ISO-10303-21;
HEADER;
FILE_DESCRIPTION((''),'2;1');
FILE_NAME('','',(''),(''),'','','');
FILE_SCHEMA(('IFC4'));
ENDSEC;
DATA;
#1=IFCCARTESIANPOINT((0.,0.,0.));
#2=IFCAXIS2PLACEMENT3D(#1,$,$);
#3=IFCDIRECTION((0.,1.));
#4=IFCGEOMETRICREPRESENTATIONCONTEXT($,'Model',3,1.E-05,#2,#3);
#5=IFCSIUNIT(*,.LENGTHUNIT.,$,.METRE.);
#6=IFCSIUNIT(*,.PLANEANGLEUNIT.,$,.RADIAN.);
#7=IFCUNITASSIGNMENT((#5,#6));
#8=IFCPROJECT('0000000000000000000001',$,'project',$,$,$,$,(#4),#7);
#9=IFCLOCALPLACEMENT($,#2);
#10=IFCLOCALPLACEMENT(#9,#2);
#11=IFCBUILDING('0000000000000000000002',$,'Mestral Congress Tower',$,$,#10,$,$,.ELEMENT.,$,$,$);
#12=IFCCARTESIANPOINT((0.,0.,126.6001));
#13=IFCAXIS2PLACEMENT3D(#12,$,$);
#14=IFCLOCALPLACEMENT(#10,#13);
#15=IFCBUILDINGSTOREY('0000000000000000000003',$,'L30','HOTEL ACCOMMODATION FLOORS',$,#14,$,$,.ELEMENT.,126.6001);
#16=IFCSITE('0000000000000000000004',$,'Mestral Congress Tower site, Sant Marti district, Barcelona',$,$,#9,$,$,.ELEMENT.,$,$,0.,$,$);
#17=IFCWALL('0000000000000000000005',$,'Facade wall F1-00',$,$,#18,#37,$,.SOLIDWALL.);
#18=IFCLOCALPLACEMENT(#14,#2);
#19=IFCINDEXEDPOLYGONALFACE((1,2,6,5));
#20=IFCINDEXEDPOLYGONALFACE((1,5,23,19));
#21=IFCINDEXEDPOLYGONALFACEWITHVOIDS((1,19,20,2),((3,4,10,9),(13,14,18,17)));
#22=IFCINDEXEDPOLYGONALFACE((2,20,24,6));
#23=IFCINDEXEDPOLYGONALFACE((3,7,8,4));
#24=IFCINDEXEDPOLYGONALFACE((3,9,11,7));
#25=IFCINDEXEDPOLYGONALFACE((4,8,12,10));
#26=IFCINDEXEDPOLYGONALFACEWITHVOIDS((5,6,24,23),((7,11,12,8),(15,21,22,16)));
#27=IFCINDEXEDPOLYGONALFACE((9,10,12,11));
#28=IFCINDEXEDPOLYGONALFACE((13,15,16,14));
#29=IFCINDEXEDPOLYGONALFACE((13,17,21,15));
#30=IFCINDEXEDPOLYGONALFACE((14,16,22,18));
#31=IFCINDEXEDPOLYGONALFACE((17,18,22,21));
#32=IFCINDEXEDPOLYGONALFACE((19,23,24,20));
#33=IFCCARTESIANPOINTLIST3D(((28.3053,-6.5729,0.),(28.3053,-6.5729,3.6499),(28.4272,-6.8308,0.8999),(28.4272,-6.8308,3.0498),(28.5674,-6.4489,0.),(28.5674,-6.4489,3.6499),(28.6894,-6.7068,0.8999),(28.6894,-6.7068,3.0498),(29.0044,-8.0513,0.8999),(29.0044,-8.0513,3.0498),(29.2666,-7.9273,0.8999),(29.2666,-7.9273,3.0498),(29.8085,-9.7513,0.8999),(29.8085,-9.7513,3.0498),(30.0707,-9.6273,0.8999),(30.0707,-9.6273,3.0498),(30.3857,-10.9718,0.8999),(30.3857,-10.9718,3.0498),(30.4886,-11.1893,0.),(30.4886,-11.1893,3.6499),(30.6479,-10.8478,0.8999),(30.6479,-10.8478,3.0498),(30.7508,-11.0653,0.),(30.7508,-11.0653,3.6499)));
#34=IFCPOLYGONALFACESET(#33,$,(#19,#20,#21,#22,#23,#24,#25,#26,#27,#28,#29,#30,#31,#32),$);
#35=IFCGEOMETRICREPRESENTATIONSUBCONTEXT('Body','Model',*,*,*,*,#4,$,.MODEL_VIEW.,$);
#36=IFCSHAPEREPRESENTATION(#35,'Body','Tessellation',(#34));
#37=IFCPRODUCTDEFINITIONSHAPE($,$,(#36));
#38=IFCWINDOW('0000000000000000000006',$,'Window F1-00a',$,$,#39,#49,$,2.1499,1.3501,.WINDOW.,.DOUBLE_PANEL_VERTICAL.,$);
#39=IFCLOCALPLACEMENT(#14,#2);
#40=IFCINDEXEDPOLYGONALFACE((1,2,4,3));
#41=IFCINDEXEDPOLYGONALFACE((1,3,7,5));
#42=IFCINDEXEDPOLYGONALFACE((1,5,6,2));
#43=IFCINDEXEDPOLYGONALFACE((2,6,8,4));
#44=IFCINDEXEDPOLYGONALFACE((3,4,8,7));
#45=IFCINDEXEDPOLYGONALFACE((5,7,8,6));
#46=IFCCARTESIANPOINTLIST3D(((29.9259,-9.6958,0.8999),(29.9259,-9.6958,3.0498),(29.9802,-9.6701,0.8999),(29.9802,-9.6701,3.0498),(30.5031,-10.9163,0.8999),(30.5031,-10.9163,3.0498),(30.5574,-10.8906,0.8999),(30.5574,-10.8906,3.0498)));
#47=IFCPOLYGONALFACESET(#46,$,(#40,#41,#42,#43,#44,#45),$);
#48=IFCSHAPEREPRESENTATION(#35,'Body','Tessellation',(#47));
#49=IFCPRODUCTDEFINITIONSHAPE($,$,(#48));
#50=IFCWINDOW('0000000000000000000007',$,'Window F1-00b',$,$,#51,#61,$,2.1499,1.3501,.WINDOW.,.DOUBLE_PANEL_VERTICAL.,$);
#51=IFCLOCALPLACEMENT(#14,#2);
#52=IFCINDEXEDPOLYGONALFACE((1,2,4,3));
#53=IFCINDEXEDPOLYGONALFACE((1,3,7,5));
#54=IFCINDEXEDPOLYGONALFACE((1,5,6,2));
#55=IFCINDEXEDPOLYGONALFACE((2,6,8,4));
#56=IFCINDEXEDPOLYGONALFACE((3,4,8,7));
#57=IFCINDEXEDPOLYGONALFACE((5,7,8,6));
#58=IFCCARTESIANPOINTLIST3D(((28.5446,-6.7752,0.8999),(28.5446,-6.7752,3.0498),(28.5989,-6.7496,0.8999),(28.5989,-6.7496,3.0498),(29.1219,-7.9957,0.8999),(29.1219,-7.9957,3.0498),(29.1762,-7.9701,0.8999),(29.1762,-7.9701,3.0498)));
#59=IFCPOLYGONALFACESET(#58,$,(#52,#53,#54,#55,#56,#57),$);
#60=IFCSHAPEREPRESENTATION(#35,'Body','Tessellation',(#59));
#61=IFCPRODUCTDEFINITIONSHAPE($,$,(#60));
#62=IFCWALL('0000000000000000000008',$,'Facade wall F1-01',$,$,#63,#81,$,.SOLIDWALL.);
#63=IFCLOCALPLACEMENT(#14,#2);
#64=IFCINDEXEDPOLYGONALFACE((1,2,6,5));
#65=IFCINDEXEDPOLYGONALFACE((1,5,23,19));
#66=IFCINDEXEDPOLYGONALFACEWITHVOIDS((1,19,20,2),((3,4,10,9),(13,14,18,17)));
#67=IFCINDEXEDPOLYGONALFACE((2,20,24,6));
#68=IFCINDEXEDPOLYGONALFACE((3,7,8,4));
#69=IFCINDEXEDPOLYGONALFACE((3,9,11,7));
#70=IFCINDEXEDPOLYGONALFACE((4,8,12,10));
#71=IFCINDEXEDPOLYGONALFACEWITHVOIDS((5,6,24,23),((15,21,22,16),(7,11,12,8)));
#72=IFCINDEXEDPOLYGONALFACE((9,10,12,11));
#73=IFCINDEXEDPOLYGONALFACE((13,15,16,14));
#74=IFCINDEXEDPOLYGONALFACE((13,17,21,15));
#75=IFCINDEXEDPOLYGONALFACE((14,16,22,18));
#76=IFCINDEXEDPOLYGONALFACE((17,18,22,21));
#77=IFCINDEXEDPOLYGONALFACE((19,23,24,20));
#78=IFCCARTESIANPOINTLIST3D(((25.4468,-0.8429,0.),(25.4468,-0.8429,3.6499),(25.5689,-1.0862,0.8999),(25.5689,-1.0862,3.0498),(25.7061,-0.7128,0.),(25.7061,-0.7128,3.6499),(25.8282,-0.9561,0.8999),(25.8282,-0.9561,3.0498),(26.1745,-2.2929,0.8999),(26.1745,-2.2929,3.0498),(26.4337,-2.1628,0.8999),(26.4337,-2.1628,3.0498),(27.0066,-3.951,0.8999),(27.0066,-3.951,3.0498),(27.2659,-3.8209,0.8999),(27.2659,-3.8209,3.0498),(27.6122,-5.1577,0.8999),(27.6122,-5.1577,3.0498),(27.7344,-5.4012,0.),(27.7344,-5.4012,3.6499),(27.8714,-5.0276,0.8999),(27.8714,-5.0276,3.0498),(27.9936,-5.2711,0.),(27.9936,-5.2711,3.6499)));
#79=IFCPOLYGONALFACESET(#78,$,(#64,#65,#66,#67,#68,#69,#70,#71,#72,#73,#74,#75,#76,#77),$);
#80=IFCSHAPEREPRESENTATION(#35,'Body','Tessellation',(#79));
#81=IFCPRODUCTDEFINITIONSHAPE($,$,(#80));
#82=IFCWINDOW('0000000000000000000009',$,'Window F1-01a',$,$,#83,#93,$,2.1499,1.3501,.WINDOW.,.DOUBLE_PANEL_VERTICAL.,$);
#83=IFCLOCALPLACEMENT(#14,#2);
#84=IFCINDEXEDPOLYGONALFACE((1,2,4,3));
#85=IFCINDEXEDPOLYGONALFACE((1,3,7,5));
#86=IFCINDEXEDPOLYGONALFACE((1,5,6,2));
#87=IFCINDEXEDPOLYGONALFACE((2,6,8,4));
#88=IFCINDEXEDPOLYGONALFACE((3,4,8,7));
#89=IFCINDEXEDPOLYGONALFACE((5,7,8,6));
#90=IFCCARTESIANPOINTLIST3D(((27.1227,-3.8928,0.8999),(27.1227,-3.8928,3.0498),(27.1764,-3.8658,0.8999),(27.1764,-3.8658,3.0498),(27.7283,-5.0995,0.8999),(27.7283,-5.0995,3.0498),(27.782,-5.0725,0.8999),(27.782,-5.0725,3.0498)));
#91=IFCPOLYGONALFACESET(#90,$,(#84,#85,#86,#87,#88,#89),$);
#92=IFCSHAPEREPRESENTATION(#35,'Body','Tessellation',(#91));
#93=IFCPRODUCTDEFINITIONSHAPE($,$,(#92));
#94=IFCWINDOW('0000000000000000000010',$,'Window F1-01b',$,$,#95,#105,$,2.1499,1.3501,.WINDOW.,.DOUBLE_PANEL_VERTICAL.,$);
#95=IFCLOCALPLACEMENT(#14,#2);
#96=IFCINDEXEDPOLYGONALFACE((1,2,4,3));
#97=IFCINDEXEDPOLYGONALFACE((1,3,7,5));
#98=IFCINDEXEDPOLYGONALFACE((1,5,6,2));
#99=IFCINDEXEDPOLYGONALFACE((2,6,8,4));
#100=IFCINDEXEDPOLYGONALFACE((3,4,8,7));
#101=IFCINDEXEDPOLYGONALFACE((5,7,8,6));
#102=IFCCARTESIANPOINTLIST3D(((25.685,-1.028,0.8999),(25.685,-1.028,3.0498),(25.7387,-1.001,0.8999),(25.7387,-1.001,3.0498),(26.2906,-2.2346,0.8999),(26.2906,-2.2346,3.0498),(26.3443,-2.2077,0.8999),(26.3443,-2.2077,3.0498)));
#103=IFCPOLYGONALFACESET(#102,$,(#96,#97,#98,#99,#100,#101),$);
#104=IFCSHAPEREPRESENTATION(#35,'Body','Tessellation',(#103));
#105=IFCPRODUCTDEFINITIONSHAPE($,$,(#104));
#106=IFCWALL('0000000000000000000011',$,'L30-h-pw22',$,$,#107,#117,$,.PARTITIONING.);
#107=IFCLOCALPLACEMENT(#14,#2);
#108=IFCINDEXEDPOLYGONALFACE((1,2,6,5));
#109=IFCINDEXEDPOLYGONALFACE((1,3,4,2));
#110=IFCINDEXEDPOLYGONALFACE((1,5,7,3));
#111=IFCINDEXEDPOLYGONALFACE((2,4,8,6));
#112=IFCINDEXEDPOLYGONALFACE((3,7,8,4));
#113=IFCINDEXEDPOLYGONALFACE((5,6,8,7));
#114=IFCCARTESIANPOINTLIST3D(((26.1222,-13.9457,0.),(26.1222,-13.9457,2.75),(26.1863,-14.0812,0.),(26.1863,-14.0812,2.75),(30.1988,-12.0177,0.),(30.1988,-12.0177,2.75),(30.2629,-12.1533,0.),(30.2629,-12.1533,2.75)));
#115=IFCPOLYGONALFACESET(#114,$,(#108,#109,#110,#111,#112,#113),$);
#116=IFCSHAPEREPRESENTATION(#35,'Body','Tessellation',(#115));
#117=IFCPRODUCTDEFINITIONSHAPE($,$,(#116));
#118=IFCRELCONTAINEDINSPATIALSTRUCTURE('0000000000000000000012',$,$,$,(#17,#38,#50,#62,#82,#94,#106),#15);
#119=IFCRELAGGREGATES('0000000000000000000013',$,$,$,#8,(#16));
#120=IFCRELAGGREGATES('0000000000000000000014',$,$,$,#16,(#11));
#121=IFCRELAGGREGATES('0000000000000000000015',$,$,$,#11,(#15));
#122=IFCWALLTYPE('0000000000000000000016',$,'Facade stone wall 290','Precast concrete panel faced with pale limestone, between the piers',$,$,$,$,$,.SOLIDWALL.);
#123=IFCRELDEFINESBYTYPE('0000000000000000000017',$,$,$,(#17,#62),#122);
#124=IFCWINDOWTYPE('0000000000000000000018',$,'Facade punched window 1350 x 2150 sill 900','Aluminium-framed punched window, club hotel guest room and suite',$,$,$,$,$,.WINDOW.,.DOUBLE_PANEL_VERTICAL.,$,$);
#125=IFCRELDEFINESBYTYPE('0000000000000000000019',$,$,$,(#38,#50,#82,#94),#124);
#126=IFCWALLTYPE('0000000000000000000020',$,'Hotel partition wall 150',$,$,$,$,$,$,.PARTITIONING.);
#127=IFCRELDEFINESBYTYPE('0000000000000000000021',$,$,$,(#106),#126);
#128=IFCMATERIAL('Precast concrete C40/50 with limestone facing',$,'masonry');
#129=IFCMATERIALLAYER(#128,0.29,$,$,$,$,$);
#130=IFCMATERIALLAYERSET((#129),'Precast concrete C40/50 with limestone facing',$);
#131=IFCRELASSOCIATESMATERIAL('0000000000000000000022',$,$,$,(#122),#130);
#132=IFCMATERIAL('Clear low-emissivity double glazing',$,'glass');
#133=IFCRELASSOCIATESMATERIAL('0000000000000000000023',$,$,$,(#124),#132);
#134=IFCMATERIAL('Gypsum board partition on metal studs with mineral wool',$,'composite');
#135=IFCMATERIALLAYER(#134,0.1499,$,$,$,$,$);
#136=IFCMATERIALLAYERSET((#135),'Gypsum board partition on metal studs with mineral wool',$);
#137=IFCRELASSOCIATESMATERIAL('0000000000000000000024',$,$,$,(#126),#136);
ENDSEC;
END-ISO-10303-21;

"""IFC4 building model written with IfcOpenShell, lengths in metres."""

from ifc_helpers import new_model, si_unit, direction, frame, frame_2d, origin, place, context, subcontext, project, spatial, rectangle, extrude, material, layer, layer_set, type_object, element, fill, save


model = new_model("IFC4")

# Units and contexts
model_context = context("Model", 3, precision=1e-05, world=origin(), true_north=direction((0.0, 1.0)))
body_context = subcontext(model_context, "Body", "Model", "MODEL_VIEW")
ifc_project = project(units=[si_unit("LENGTHUNIT", "METRE"), si_unit("PLANEANGLEUNIT", "RADIAN")], contexts=[model_context])

# Site, building, storey
site_placement = place(None, origin())
site = spatial("IfcSite", under=ifc_project, at=site_placement, Name="Mestral Congress Tower site, Sant Marti district, Barcelona", CompositionType="ELEMENT", RefElevation=0.0)
building_placement = place(site_placement, origin())
building = spatial("IfcBuilding", under=site, at=building_placement, Name="Mestral Congress Tower", CompositionType="ELEMENT")
storey_placement = place(building_placement, frame((0.0, 0.0, 126.6001)))
storey = spatial("IfcBuildingStorey", under=building, at=storey_placement, Name="L30", Description="HOTEL ACCOMMODATION FLOORS", CompositionType="ELEMENT", Elevation=126.6001)

# Shared definitions
ifc_material_1 = material(Name="Precast concrete C40/50 with limestone facing", Category="masonry")
ifc_layer_1 = layer(ifc_material_1, 0.29)
ifc_layer_set_1 = layer_set([ifc_layer_1], Name="Precast concrete C40/50 with limestone facing")
wall_type_1 = type_object("IfcWallType", Name="Facade stone wall 290", Description="Precast concrete panel faced with pale limestone, between the piers", PredefinedType="SOLIDWALL", material=ifc_layer_set_1)
ifc_material_2 = material(Name="Clear low-emissivity double glazing", Category="glass")

# Walls, openings, windows
wall_1_placement = place(storey_placement, frame((30.6196, -11.1272, 0.0), z_axis=(0.0, 0.0, 1.0), x_axis=(-0.427544, 0.903995, 0.0)))
wall_1 = element("IfcWall", 1, at=wall_1_placement, inside=storey, type_object=wall_type_1, Name="Facade wall F1-00", PredefinedType="SOLIDWALL", context=body_context, shape_type="SweptSolid", body=[
    extrude(rectangle(XDim=5.1067, YDim=0.29, at=frame_2d((2.5532, 0.0))), origin(), (0.0, 0.0, 1.0), 3.6499),
])
opening_1_placement = place(wall_1_placement, frame((0.2405, 0.0, 0.8999)))
opening_1 = element("IfcOpeningElement", 2, at=opening_1_placement, cuts=wall_1, PredefinedType="OPENING", context=body_context, shape_type="SweptSolid", body=[
    extrude(rectangle(XDim=1.3501, YDim=2.1499, at=frame_2d((0.675, 1.075))), frame((0.0, 0.155, 0.0), z_axis=(0.0, -1.0, 0.0), x_axis=(1.0, 0.0, 0.0)), (0.0, 0.0, 1.0), 0.3101),
])
opening_2_placement = place(wall_1_placement, frame((3.4712, 0.0, 0.8999)))
opening_2 = element("IfcOpeningElement", 3, at=opening_2_placement, cuts=wall_1, PredefinedType="OPENING", context=body_context, shape_type="SweptSolid", body=[
    extrude(rectangle(XDim=1.3501, YDim=2.1499, at=frame_2d((0.675, 1.075))), frame((0.0, 0.155, 0.0), z_axis=(0.0, -1.0, 0.0), x_axis=(1.0, 0.0, 0.0)), (0.0, 0.0, 1.0), 0.3101),
])
window_type_1 = type_object("IfcWindowType", Name="Facade punched window 1350 x 2150 sill 900", Description="Aluminium-framed punched window, club hotel guest room and suite", PartitioningType="DOUBLE_PANEL_VERTICAL", PredefinedType="WINDOW", material=ifc_material_2)
window_1_placement = place(opening_1_placement, origin())
window_1 = element("IfcWindow", 4, at=window_1_placement, inside=storey, type_object=window_type_1, Name="Window F1-00a", OverallHeight=2.1499, OverallWidth=1.3501, PartitioningType="DOUBLE_PANEL_VERTICAL", PredefinedType="WINDOW", context=body_context, shape_type="SweptSolid", body=[
    extrude(rectangle(XDim=1.3501, YDim=2.1499, at=frame_2d((0.675, 1.075))), frame((0.0, 0.0151, 0.0), z_axis=(0.0, -1.0, 0.0), x_axis=(1.0, 0.0, 0.0)), (0.0, 0.0, 1.0), 0.0601),
])
fill(opening_1, window_1)
window_2_placement = place(opening_2_placement, origin())
window_2 = element("IfcWindow", 5, at=window_2_placement, inside=storey, type_object=window_type_1, Name="Window F1-00b", OverallHeight=2.1499, OverallWidth=1.3501, PartitioningType="DOUBLE_PANEL_VERTICAL", PredefinedType="WINDOW", context=body_context, shape_type="SweptSolid", body=[
    extrude(rectangle(XDim=1.3501, YDim=2.1499, at=frame_2d((0.675, 1.075))), frame((0.0, 0.0151, 0.0), z_axis=(0.0, -1.0, 0.0), x_axis=(1.0, 0.0, 0.0)), (0.0, 0.0, 1.0), 0.0601),
])
fill(opening_2, window_2)
wall_2_placement = place(storey_placement, frame((27.864, -5.3362, 0.0), z_axis=(0.0, 0.0, 1.0), x_axis=(-0.448534, 0.893766, 0.0)))
wall_2 = element("IfcWall", 6, at=wall_2_placement, inside=storey, type_object=wall_type_1, Name="Facade wall F1-01", PredefinedType="SOLIDWALL", context=body_context, shape_type="SweptSolid", body=[
    extrude(rectangle(XDim=5.1001, YDim=0.29, at=frame_2d((2.55, 0.0))), origin(), (0.0, 0.0, 1.0), 3.6499),
])
opening_3_placement = place(wall_2_placement, frame((0.2725, 0.0, 0.8999)))
opening_3 = element("IfcOpeningElement", 7, at=opening_3_placement, cuts=wall_2, PredefinedType="OPENING", context=body_context, shape_type="SweptSolid", body=[
    extrude(rectangle(XDim=1.3501, YDim=2.1499, at=frame_2d((0.675, 1.075))), frame((0.0, 0.155, 0.0), z_axis=(0.0, -1.0, 0.0), x_axis=(1.0, 0.0, 0.0)), (0.0, 0.0, 1.0), 0.3101),
])
opening_4_placement = place(wall_2_placement, frame((3.4778, 0.0, 0.8999)))
opening_4 = element("IfcOpeningElement", 8, at=opening_4_placement, cuts=wall_2, PredefinedType="OPENING", context=body_context, shape_type="SweptSolid", body=[
    extrude(rectangle(XDim=1.3501, YDim=2.1499, at=frame_2d((0.675, 1.075))), frame((0.0, 0.155, 0.0), z_axis=(0.0, -1.0, 0.0), x_axis=(1.0, 0.0, 0.0)), (0.0, 0.0, 1.0), 0.3101),
])
window_3_placement = place(opening_3_placement, origin())
window_3 = element("IfcWindow", 9, at=window_3_placement, inside=storey, type_object=window_type_1, Name="Window F1-01a", OverallHeight=2.1499, OverallWidth=1.3501, PartitioningType="DOUBLE_PANEL_VERTICAL", PredefinedType="WINDOW", context=body_context, shape_type="SweptSolid", body=[
    extrude(rectangle(XDim=1.3501, YDim=2.1499, at=frame_2d((0.675, 1.075))), frame((0.0, 0.0151, 0.0), z_axis=(0.0, -1.0, 0.0), x_axis=(1.0, 0.0, 0.0)), (0.0, 0.0, 1.0), 0.0601),
])
fill(opening_3, window_3)
window_4_placement = place(opening_4_placement, origin())
window_4 = element("IfcWindow", 10, at=window_4_placement, inside=storey, type_object=window_type_1, Name="Window F1-01b", OverallHeight=2.1499, OverallWidth=1.3501, PartitioningType="DOUBLE_PANEL_VERTICAL", PredefinedType="WINDOW", context=body_context, shape_type="SweptSolid", body=[
    extrude(rectangle(XDim=1.3501, YDim=2.1499, at=frame_2d((0.675, 1.075))), frame((0.0, 0.0151, 0.0), z_axis=(0.0, -1.0, 0.0), x_axis=(1.0, 0.0, 0.0)), (0.0, 0.0, 1.0), 0.0601),
])
fill(opening_4, window_4)

# Wall
ifc_material_3 = material(Name="Gypsum board partition on metal studs with mineral wool", Category="composite")
ifc_layer_2 = layer(ifc_material_3, 0.1499)
ifc_layer_set_2 = layer_set([ifc_layer_2], Name="Gypsum board partition on metal studs with mineral wool")
wall_type_2 = type_object("IfcWallType", Name="Hotel partition wall 150", PredefinedType="PARTITIONING", material=ifc_layer_set_2)
wall_3_placement = place(storey_placement, frame((30.231, -12.0854, 0.0), z_axis=(0.0, 0.0, 1.0), x_axis=(-0.904001, -0.42753, 0.0)))
element("IfcWall", 11, at=wall_3_placement, inside=storey, type_object=wall_type_2, Name="L30-h-pw22", PredefinedType="PARTITIONING", context=body_context, shape_type="SweptSolid", body=[
    extrude(rectangle(XDim=4.5095, YDim=0.1499, at=frame_2d((2.2549, 0.0))), origin(), (0.0, 0.0, 1.0), 2.75),
])

save(model, "model.ifc")
